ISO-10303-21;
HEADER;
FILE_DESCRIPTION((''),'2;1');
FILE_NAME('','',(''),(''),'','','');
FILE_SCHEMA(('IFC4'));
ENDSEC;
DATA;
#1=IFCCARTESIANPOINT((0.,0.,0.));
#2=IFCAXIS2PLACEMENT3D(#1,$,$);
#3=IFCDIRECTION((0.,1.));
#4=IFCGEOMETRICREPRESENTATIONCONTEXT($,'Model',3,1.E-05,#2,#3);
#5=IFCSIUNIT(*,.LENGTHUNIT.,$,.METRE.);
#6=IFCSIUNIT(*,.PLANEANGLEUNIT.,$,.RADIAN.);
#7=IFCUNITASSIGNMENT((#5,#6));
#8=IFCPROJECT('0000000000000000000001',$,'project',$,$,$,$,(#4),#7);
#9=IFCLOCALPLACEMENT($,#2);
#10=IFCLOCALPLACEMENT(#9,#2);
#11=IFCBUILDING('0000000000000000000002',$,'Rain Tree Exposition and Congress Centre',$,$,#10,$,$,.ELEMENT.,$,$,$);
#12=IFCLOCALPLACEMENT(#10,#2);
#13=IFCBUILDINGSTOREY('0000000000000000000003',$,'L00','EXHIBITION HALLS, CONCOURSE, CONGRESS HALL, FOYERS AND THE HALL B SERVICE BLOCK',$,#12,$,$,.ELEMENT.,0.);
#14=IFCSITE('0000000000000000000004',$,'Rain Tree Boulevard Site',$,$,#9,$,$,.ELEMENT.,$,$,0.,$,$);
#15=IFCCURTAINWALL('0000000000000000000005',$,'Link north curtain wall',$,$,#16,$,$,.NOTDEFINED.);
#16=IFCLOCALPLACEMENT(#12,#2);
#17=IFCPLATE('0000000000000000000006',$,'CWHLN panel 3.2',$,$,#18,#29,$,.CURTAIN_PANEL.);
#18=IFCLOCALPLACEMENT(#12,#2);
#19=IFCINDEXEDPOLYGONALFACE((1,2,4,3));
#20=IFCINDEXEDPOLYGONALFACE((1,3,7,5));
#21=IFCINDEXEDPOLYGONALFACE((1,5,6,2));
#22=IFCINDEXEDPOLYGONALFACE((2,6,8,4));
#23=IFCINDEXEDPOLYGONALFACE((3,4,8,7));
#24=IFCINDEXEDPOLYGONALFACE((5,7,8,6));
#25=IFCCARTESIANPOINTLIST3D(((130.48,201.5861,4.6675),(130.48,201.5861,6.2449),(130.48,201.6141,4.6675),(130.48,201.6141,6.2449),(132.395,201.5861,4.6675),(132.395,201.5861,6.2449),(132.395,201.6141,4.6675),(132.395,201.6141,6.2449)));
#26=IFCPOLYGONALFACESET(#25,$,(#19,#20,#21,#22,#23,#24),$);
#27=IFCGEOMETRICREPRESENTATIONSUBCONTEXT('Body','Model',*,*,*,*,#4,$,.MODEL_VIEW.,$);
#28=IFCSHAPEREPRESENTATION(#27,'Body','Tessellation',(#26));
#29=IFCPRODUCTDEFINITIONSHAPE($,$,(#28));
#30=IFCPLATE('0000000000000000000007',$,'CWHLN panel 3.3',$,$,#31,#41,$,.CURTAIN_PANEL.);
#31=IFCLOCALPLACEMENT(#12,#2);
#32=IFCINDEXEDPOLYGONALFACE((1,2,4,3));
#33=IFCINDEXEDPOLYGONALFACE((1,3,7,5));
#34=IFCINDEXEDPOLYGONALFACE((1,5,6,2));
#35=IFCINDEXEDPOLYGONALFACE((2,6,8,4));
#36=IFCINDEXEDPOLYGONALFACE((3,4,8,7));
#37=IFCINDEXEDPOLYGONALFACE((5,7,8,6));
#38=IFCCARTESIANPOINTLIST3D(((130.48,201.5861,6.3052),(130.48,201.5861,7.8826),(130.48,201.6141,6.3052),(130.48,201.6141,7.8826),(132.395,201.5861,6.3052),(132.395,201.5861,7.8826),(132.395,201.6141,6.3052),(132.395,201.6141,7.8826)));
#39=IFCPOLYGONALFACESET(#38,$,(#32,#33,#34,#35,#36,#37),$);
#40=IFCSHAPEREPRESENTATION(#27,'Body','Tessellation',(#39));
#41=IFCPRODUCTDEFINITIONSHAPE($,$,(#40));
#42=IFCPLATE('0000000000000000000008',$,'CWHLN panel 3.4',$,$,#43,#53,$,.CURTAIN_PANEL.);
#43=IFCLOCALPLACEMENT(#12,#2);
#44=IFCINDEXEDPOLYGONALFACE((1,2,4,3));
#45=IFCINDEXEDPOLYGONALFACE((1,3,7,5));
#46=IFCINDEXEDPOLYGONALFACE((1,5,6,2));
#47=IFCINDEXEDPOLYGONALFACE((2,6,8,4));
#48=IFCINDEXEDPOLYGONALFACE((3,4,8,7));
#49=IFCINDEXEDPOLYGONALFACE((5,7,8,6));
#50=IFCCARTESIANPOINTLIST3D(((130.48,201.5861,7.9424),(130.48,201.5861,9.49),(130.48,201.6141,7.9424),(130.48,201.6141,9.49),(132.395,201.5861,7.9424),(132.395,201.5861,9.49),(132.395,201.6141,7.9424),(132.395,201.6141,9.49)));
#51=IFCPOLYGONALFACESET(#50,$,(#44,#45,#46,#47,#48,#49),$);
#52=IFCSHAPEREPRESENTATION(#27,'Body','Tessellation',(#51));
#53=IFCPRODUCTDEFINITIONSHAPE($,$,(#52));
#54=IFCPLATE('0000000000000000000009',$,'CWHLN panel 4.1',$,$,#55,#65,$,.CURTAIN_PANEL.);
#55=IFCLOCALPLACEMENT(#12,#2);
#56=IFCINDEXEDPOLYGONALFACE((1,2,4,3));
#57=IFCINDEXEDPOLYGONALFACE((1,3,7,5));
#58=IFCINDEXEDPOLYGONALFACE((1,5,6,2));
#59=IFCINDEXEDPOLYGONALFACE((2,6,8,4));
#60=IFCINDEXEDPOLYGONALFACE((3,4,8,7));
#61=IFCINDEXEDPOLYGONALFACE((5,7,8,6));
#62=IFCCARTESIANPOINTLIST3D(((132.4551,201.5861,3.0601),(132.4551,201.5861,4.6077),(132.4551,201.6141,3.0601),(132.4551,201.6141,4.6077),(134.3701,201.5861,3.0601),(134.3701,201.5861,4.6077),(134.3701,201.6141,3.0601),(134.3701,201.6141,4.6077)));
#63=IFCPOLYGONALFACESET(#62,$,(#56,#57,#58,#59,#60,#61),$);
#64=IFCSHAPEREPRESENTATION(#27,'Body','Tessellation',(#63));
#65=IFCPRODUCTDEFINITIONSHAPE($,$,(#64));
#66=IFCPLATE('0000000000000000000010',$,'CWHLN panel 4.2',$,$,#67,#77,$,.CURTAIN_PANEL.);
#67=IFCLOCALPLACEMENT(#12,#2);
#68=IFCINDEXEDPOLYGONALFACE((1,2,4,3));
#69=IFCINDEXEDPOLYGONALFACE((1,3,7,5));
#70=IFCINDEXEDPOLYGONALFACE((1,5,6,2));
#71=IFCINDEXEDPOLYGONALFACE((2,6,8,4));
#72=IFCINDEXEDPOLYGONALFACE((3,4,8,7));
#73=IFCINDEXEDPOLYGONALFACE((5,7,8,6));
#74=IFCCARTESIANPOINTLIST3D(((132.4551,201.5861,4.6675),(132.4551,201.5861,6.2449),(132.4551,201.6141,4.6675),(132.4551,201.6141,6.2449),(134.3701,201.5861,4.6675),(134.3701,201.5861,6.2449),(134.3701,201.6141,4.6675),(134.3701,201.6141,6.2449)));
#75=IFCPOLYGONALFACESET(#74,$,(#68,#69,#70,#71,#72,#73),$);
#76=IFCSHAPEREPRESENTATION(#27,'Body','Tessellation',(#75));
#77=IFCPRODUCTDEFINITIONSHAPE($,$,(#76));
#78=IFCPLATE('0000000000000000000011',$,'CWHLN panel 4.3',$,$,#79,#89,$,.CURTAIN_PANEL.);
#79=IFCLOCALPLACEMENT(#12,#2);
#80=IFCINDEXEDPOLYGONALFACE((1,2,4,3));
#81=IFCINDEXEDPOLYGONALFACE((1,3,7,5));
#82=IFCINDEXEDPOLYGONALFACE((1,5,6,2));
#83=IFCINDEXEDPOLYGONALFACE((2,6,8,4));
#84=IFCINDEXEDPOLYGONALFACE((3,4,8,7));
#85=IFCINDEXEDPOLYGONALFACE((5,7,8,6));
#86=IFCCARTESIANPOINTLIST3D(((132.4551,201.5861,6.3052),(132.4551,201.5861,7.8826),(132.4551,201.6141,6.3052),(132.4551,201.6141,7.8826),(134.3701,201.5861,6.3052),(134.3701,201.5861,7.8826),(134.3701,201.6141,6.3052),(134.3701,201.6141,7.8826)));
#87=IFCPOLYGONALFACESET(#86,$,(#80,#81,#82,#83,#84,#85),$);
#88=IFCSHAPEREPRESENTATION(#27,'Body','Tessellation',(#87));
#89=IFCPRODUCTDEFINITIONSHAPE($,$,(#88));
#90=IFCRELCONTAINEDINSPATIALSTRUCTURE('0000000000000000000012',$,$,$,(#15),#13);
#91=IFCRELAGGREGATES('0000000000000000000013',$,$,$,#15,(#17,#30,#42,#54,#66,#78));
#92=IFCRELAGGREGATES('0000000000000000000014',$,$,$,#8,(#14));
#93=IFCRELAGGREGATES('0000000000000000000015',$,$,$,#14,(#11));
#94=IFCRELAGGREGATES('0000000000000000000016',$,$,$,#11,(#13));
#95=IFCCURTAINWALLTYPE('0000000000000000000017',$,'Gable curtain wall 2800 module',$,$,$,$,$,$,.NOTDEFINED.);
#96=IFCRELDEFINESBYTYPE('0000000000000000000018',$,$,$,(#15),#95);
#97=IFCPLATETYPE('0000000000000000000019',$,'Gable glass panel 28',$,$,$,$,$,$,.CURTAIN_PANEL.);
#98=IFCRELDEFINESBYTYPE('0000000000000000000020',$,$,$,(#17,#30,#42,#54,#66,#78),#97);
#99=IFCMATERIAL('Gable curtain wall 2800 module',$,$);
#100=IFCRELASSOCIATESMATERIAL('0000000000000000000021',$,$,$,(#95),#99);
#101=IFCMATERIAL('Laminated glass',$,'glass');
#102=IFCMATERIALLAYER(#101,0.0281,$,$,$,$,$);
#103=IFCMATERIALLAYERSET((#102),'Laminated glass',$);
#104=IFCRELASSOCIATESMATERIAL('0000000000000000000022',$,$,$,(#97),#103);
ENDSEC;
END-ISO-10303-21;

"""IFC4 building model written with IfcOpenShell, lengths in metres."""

from ifc_helpers import new_model, si_unit, direction, frame, origin, origin_2d, place, context, subcontext, project, spatial, rectangle, extrude, material, layer, layer_set, type_object, element, aggregate, save


model = new_model("IFC4")

# Units and contexts
model_context = context("Model", 3, precision=1e-05, world=origin(), true_north=direction((0.0, 1.0)))
body_context = subcontext(model_context, "Body", "Model", "MODEL_VIEW")
ifc_project = project(units=[si_unit("LENGTHUNIT", "METRE"), si_unit("PLANEANGLEUNIT", "RADIAN")], contexts=[model_context])

# Site, building, storey
site_placement = place(None, origin())
site = spatial("IfcSite", under=ifc_project, at=site_placement, Name="Rain Tree Boulevard Site", CompositionType="ELEMENT", RefElevation=0.0)
building_placement = place(site_placement, origin())
building = spatial("IfcBuilding", under=site, at=building_placement, Name="Rain Tree Exposition and Congress Centre", CompositionType="ELEMENT")
storey_placement = place(building_placement, origin())
storey = spatial("IfcBuildingStorey", under=building, at=storey_placement, Name="L00", Description="EXHIBITION HALLS, CONCOURSE, CONGRESS HALL, FOYERS AND THE HALL B SERVICE BLOCK", CompositionType="ELEMENT", Elevation=0.0)

# Curtain wall, plates
ifc_material_1 = material(Name="Gable curtain wall 2800 module")
curtain_wall_type = type_object("IfcCurtainWallType", Name="Gable curtain wall 2800 module", PredefinedType="NOTDEFINED", material=ifc_material_1)
curtain_wall_placement = place(storey_placement, origin())
curtain_wall = element("IfcCurtainWall", 1, at=curtain_wall_placement, inside=storey, type_object=curtain_wall_type, Name="Link north curtain wall", PredefinedType="NOTDEFINED")
ifc_material_2 = material(Name="Laminated glass", Category="glass")
ifc_layer = layer(ifc_material_2, 0.0281)
ifc_layer_set = layer_set([ifc_layer], Name="Laminated glass")
plate_type = type_object("IfcPlateType", Name="Gable glass panel 28", PredefinedType="CURTAIN_PANEL", material=ifc_layer_set)
plate_1_placement = place(storey_placement, frame((131.4375, 201.6001, 4.6675), z_axis=(0.0, 0.0, 1.0), x_axis=(1.0, 0.0, 0.0)))
plate_1 = element("IfcPlate", 2, at=plate_1_placement, type_object=plate_type, Name="CWHLN panel 3.2", PredefinedType="CURTAIN_PANEL", context=body_context, shape_type="SweptSolid", body=[
    extrude(rectangle(XDim=1.915, YDim=0.0281, at=origin_2d()), origin(), (0.0, 0.0, 1.0), 1.5774),
])
plate_2_placement = place(storey_placement, frame((131.4375, 201.6001, 6.3052), z_axis=(0.0, 0.0, 1.0), x_axis=(1.0, 0.0, 0.0)))
plate_2 = element("IfcPlate", 3, at=plate_2_placement, type_object=plate_type, Name="CWHLN panel 3.3", PredefinedType="CURTAIN_PANEL", context=body_context, shape_type="SweptSolid", body=[
    extrude(rectangle(XDim=1.915, YDim=0.0281, at=origin_2d()), origin(), (0.0, 0.0, 1.0), 1.5774),
])
plate_3_placement = place(storey_placement, frame((131.4375, 201.6001, 7.9424), z_axis=(0.0, 0.0, 1.0), x_axis=(1.0, 0.0, 0.0)))
plate_3 = element("IfcPlate", 4, at=plate_3_placement, type_object=plate_type, Name="CWHLN panel 3.4", PredefinedType="CURTAIN_PANEL", context=body_context, shape_type="SweptSolid", body=[
    extrude(rectangle(XDim=1.915, YDim=0.0281, at=origin_2d()), origin(), (0.0, 0.0, 1.0), 1.5476),
])
plate_4_placement = place(storey_placement, frame((133.4126, 201.6001, 3.0601), z_axis=(0.0, 0.0, 1.0), x_axis=(1.0, 0.0, 0.0)))
plate_4 = element("IfcPlate", 5, at=plate_4_placement, type_object=plate_type, Name="CWHLN panel 4.1", PredefinedType="CURTAIN_PANEL", context=body_context, shape_type="SweptSolid", body=[
    extrude(rectangle(XDim=1.915, YDim=0.0281, at=origin_2d()), origin(), (0.0, 0.0, 1.0), 1.5476),
])
plate_5_placement = place(storey_placement, frame((133.4126, 201.6001, 4.6675), z_axis=(0.0, 0.0, 1.0), x_axis=(1.0, 0.0, 0.0)))
plate_5 = element("IfcPlate", 6, at=plate_5_placement, type_object=plate_type, Name="CWHLN panel 4.2", PredefinedType="CURTAIN_PANEL", context=body_context, shape_type="SweptSolid", body=[
    extrude(rectangle(XDim=1.915, YDim=0.0281, at=origin_2d()), origin(), (0.0, 0.0, 1.0), 1.5774),
])
plate_6_placement = place(storey_placement, frame((133.4126, 201.6001, 6.3052), z_axis=(0.0, 0.0, 1.0), x_axis=(1.0, 0.0, 0.0)))
plate_6 = element("IfcPlate", 7, at=plate_6_placement, type_object=plate_type, Name="CWHLN panel 4.3", PredefinedType="CURTAIN_PANEL", context=body_context, shape_type="SweptSolid", body=[
    extrude(rectangle(XDim=1.915, YDim=0.0281, at=origin_2d()), origin(), (0.0, 0.0, 1.0), 1.5774),
])
aggregate(curtain_wall, [plate_1, plate_2, plate_3, plate_4, plate_5, plate_6])

save(model, "model.ifc")
